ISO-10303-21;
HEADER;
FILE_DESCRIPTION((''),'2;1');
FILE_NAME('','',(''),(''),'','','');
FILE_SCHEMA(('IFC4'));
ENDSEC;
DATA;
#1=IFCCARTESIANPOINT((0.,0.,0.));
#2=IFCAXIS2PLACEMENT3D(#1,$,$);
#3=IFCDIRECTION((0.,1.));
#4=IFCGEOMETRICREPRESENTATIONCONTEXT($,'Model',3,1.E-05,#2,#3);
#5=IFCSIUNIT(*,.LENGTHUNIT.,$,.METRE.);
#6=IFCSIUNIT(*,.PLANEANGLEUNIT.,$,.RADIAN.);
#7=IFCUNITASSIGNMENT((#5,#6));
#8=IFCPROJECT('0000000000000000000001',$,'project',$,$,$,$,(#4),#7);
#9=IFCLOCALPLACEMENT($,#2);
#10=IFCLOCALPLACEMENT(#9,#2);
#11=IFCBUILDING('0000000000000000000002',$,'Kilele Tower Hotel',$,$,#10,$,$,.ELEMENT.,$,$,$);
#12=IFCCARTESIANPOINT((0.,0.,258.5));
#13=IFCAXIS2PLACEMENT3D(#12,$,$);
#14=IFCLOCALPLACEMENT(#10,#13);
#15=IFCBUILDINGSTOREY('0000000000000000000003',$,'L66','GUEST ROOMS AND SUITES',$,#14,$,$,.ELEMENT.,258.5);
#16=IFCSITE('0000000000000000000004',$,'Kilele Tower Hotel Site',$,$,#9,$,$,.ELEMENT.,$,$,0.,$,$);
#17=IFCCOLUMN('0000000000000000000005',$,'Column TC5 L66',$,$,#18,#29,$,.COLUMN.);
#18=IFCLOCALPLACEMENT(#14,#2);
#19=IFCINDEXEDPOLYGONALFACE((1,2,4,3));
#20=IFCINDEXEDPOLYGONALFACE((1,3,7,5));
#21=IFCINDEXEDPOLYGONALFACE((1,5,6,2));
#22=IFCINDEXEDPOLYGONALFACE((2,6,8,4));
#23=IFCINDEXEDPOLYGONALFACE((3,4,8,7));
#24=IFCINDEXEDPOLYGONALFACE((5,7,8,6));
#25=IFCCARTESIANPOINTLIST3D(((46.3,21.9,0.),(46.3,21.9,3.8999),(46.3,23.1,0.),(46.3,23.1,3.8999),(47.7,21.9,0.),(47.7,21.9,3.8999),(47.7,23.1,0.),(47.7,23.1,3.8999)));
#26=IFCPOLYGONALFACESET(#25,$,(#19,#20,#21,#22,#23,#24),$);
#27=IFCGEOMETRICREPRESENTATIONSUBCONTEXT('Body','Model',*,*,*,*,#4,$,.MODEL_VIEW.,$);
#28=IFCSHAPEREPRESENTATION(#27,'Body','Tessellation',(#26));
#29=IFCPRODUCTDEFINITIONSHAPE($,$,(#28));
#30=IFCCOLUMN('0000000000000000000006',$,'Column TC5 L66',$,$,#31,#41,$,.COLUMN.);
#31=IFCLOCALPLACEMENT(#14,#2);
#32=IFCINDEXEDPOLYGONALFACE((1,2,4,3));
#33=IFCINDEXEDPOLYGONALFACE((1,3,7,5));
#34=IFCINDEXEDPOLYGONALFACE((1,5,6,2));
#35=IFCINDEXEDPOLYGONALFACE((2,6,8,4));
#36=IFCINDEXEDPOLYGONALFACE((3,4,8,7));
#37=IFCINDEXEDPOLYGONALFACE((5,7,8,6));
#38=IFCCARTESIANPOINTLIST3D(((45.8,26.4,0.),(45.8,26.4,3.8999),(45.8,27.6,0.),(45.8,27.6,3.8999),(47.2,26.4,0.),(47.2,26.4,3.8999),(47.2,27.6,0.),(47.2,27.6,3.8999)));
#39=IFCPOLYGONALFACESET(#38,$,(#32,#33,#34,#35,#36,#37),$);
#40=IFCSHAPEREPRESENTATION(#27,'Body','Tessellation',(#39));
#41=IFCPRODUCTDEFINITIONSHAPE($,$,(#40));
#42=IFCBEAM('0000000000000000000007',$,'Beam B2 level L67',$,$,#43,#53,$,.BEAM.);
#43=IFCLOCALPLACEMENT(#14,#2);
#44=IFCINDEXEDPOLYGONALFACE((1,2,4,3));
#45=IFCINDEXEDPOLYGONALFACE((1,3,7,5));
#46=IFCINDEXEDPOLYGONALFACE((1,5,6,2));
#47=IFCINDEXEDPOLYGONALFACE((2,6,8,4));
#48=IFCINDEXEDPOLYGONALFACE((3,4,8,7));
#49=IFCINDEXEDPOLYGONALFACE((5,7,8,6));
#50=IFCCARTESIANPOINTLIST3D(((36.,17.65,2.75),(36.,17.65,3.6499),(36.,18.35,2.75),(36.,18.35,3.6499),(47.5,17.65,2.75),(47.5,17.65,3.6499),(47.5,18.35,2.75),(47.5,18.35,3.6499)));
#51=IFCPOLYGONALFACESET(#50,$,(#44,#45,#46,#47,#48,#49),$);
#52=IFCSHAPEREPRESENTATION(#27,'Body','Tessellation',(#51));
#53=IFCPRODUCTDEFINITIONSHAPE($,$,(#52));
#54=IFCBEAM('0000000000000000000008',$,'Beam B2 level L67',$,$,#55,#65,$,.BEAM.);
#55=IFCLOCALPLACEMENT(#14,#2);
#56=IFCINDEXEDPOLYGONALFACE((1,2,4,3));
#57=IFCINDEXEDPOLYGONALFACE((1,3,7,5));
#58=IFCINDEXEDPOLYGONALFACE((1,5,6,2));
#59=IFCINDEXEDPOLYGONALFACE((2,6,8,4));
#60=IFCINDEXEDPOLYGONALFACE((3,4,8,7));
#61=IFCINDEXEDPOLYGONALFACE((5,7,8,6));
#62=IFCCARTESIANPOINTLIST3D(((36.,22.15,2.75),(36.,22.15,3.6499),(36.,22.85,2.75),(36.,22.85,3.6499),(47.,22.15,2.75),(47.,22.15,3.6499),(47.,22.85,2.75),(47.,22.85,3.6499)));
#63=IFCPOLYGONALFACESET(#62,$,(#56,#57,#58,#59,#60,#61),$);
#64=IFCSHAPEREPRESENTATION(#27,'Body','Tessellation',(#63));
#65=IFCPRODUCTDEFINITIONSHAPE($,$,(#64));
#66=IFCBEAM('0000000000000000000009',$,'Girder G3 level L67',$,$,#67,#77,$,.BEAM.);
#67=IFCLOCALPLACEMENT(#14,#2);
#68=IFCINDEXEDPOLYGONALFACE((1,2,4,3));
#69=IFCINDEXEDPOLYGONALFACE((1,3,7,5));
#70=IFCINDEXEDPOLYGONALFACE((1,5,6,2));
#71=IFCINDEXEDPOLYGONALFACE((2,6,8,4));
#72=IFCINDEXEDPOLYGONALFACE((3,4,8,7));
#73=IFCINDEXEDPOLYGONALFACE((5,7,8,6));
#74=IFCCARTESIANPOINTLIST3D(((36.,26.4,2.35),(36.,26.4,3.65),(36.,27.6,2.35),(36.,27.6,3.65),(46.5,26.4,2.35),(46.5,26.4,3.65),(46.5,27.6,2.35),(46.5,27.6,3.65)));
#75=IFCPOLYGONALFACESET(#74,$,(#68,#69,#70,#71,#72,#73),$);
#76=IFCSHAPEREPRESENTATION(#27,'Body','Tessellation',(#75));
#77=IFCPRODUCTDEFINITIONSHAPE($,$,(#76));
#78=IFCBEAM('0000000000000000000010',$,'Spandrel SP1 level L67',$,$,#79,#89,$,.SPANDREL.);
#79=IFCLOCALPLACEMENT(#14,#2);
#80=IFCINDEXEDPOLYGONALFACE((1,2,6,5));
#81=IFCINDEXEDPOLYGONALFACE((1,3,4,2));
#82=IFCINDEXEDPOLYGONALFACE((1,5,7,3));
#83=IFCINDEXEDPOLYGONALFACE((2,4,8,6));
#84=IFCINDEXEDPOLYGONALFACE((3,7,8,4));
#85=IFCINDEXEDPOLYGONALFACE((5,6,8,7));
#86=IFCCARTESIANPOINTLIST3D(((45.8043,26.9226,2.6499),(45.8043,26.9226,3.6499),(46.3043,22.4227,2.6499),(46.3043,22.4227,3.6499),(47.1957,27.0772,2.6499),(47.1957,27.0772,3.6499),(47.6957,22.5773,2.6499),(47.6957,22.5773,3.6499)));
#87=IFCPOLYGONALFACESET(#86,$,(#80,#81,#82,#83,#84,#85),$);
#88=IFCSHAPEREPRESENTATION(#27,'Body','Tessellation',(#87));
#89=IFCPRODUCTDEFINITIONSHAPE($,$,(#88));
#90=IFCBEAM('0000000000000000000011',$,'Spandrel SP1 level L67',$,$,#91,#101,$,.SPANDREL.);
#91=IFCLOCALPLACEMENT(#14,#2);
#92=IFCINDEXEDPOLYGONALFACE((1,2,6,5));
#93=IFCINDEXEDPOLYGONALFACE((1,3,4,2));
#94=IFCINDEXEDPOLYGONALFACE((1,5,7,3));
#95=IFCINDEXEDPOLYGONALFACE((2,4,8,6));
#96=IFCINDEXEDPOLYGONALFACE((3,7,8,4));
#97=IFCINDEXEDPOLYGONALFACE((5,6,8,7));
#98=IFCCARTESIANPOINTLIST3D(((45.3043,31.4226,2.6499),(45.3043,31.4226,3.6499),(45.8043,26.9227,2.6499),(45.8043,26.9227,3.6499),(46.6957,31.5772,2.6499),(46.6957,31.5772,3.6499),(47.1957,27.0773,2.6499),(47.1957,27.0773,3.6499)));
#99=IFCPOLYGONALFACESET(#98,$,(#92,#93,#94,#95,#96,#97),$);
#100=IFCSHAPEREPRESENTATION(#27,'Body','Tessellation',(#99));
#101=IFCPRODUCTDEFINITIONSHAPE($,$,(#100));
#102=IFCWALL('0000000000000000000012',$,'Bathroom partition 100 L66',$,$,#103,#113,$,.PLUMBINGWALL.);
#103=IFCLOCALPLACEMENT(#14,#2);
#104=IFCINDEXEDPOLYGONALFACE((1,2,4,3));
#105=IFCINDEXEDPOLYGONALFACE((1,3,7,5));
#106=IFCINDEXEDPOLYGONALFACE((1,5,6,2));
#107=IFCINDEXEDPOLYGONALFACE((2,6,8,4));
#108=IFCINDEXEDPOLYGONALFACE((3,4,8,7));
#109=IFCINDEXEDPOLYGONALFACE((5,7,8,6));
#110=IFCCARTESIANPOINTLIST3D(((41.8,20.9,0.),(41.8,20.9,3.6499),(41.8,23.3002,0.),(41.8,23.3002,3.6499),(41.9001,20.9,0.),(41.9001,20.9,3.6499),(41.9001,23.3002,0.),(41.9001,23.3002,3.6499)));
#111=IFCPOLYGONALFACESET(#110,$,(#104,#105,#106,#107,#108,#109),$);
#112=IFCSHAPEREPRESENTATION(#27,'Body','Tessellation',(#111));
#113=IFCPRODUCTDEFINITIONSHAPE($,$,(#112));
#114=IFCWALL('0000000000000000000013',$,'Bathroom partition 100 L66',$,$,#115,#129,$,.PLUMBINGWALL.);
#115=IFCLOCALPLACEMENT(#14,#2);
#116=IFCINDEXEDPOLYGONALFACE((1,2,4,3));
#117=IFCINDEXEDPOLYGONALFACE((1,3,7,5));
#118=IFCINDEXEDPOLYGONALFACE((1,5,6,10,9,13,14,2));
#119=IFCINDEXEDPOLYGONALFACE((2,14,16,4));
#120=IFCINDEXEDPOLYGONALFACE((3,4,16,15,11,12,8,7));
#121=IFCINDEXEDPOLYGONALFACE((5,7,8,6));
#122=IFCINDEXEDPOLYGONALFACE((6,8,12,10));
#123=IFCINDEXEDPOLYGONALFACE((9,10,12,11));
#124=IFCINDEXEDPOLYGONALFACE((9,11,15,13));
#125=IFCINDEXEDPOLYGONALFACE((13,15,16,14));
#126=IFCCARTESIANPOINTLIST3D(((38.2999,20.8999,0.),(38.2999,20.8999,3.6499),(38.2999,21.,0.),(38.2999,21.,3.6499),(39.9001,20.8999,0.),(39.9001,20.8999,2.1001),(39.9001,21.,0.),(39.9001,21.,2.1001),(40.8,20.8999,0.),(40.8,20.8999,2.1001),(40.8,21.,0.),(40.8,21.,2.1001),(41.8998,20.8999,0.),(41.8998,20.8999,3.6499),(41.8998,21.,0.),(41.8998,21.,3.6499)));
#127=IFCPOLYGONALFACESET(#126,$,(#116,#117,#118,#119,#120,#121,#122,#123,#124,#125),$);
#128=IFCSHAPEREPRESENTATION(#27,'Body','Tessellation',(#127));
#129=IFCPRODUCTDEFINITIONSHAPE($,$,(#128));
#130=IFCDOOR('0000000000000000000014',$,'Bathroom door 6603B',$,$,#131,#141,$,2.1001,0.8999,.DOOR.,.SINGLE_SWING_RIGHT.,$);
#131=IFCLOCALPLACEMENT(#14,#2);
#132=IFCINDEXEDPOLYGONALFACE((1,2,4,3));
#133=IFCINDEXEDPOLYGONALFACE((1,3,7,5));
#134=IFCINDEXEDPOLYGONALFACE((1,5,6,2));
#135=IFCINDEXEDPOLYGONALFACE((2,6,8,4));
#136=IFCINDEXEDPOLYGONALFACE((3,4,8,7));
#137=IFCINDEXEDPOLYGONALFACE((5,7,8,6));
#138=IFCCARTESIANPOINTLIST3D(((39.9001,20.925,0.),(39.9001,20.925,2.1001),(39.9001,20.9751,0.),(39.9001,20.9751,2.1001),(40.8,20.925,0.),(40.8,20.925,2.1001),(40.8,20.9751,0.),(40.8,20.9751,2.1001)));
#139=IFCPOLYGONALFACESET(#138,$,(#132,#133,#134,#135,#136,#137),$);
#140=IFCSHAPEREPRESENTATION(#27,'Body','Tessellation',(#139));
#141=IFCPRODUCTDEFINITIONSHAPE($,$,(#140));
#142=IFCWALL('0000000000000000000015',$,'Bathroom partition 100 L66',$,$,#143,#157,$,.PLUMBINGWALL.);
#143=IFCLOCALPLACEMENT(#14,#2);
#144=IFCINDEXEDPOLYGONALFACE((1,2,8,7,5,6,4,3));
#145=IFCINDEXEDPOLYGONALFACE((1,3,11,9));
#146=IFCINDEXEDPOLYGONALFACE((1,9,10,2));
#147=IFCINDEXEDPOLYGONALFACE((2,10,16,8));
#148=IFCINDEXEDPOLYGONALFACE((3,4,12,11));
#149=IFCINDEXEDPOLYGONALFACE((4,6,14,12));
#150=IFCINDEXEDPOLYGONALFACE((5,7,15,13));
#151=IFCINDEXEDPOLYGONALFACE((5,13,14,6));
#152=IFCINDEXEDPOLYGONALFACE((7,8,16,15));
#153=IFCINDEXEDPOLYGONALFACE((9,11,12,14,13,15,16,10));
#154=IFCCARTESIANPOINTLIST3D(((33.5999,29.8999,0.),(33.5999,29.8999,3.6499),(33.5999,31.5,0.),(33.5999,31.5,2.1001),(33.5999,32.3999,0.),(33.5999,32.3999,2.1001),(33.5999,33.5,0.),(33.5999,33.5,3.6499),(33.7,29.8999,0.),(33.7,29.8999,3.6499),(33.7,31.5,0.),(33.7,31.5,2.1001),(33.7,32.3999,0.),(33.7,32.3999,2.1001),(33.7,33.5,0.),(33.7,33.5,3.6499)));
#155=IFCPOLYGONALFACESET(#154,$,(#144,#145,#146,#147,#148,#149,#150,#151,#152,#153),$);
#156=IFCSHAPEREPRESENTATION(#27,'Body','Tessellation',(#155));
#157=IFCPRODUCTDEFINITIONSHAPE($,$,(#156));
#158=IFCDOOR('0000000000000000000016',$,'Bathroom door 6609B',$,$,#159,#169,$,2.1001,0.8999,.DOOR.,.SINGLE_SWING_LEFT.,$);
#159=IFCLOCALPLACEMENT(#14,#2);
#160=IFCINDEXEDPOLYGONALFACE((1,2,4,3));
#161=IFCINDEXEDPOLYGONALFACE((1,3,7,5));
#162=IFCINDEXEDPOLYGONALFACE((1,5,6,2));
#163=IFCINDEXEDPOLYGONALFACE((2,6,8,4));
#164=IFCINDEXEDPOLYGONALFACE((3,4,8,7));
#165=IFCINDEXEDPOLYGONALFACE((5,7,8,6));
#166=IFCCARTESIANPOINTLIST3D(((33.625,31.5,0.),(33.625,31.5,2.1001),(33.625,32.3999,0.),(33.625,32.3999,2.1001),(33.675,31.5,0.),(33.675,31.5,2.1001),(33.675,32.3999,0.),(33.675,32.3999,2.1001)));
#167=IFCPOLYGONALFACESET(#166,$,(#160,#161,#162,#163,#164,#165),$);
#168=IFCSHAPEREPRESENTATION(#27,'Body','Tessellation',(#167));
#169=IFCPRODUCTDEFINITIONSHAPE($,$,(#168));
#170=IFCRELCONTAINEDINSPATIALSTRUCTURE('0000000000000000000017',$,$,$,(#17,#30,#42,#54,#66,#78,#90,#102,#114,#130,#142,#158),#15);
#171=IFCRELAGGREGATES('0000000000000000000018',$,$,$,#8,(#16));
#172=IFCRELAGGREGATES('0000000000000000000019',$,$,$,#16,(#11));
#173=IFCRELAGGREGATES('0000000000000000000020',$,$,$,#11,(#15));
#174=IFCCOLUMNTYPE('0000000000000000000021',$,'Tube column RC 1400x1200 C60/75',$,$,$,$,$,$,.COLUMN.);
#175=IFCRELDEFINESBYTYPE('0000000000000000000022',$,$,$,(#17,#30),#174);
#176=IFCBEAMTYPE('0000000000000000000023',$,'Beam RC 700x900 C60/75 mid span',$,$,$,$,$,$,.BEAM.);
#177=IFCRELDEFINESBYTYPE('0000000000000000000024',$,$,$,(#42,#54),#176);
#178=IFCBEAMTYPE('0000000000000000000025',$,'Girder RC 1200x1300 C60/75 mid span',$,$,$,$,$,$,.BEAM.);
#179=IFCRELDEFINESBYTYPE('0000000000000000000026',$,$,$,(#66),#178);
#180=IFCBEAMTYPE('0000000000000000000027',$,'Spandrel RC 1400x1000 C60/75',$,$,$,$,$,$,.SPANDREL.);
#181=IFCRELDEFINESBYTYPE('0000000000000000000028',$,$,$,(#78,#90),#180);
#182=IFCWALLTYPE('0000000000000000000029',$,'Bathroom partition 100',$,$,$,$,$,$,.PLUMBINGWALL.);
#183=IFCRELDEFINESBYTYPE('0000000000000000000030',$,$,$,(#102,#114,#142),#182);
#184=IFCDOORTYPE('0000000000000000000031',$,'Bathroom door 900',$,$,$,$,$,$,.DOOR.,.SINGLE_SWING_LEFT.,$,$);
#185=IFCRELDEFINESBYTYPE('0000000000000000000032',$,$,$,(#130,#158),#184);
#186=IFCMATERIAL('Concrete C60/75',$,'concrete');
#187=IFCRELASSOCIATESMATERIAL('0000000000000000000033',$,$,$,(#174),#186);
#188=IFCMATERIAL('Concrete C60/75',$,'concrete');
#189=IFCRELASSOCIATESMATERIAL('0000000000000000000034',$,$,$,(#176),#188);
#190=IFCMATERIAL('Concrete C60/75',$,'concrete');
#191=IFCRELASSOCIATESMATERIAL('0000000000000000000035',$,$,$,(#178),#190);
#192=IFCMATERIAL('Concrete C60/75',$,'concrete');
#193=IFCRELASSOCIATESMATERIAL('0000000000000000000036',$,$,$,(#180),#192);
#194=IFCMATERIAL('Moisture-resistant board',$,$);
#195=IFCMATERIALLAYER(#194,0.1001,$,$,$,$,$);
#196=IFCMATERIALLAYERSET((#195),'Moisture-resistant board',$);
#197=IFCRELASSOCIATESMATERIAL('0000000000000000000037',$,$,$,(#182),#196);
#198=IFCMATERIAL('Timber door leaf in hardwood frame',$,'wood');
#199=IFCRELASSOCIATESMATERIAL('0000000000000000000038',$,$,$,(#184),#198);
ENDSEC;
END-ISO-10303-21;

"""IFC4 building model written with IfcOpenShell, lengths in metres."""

from ifc_helpers import new_model, si_unit, direction, frame, frame_2d, origin, origin_2d, place, context, subcontext, project, spatial, rectangle, extrude, material, layer, layer_set, material_profile, profile_set, type_object, element, fill, save


model = new_model("IFC4")

# Units and contexts
model_context = context("Model", 3, precision=1e-05, world=origin(), true_north=direction((0.0, 1.0)))
body_context = subcontext(model_context, "Body", "Model", "MODEL_VIEW")
ifc_project = project(units=[si_unit("LENGTHUNIT", "METRE"), si_unit("PLANEANGLEUNIT", "RADIAN")], contexts=[model_context])

# Site, building, storey
site_placement = place(None, origin())
site = spatial("IfcSite", under=ifc_project, at=site_placement, Name="Kilele Tower Hotel Site", CompositionType="ELEMENT", RefElevation=0.0)
building_placement = place(site_placement, origin())
building = spatial("IfcBuilding", under=site, at=building_placement, Name="Kilele Tower Hotel", CompositionType="ELEMENT")
storey_placement = place(building_placement, frame((0.0, 0.0, 258.5)))
storey = spatial("IfcBuildingStorey", under=building, at=storey_placement, Name="L66", Description="GUEST ROOMS AND SUITES", CompositionType="ELEMENT", Elevation=258.5)

# Columns
ifc_material_1 = material(Name="Concrete C60/75", Category="concrete")
ifc_material_profile_1 = material_profile(ifc_material_1, rectangle(XDim=1.3999, YDim=1.2, at=origin_2d()))
ifc_profile_set_1 = profile_set([ifc_material_profile_1], Name="Concrete C60/75")
column_type = type_object("IfcColumnType", Name="Tube column RC 1400x1200 C60/75", PredefinedType="COLUMN", material=ifc_profile_set_1)
for number, where, z_axis, x_axis, name in (
    (1, (47.0, 22.5, 0.0), (0.0, 0.0, 1.0), (1.0, 0.0, 0.0), "Column TC5 L66"),
    (2, (46.5, 27.0, 0.0), (0.0, 0.0, 1.0), (1.0, 0.0, 0.0), "Column TC5 L66"),
):
    element("IfcColumn", number, at=place(storey_placement, frame(where, z_axis=z_axis, x_axis=x_axis)), inside=storey, type_object=column_type, Name=name, PredefinedType="COLUMN", context=body_context, shape_type="SweptSolid", body=[
        extrude(rectangle(XDim=1.3999, YDim=1.2, at=origin_2d()), origin(), (0.0, 0.0, 1.0), 3.8999),
    ])

# Beams
ifc_material_2 = material(Name="Concrete C60/75", Category="concrete")
ifc_material_profile_2 = material_profile(ifc_material_2, rectangle(XDim=0.7, YDim=0.8999, at=origin_2d()))
ifc_profile_set_2 = profile_set([ifc_material_profile_2], Name="Concrete C60/75")
beam_type_1 = type_object("IfcBeamType", Name="Beam RC 700x900 C60/75 mid span", PredefinedType="BEAM", material=ifc_profile_set_2)
beam_1_placement = place(storey_placement, frame((47.5, 18.0, 3.2), z_axis=(-1.0, 0.0, 0.0), x_axis=(0.0, -1.0, 0.0)))
element("IfcBeam", 3, at=beam_1_placement, inside=storey, type_object=beam_type_1, Name="Beam B2 level L67", PredefinedType="BEAM", context=body_context, shape_type="SweptSolid", body=[
    extrude(rectangle(XDim=0.7, YDim=0.8999, at=origin_2d()), origin(), (0.0, 0.0, 1.0), 11.5),
])
beam_2_placement = place(storey_placement, frame((47.0, 22.5, 3.2), z_axis=(-1.0, 0.0, 0.0), x_axis=(0.0, -1.0, 0.0)))
element("IfcBeam", 4, at=beam_2_placement, inside=storey, type_object=beam_type_1, Name="Beam B2 level L67", PredefinedType="BEAM", context=body_context, shape_type="SweptSolid", body=[
    extrude(rectangle(XDim=0.7, YDim=0.8999, at=origin_2d()), origin(), (0.0, 0.0, 1.0), 11.0),
])
ifc_material_3 = material(Name="Concrete C60/75", Category="concrete")
ifc_material_profile_3 = material_profile(ifc_material_3, rectangle(XDim=1.2, YDim=1.3, at=origin_2d()))
ifc_profile_set_3 = profile_set([ifc_material_profile_3], Name="Concrete C60/75")
beam_type_2 = type_object("IfcBeamType", Name="Girder RC 1200x1300 C60/75 mid span", PredefinedType="BEAM", material=ifc_profile_set_3)
beam_3_placement = place(storey_placement, frame((46.5, 27.0, 3.0), z_axis=(-1.0, 0.0, 0.0), x_axis=(0.0, -1.0, 0.0)))
element("IfcBeam", 5, at=beam_3_placement, inside=storey, type_object=beam_type_2, Name="Girder G3 level L67", PredefinedType="BEAM", context=body_context, shape_type="SweptSolid", body=[
    extrude(rectangle(XDim=1.2, YDim=1.3, at=origin_2d()), origin(), (0.0, 0.0, 1.0), 10.5),
])
ifc_material_4 = material(Name="Concrete C60/75", Category="concrete")
ifc_material_profile_4 = material_profile(ifc_material_4, rectangle(XDim=1.3999, YDim=1.0, at=origin_2d()))
ifc_profile_set_4 = profile_set([ifc_material_profile_4], Name="Concrete C60/75")
beam_type_3 = type_object("IfcBeamType", Name="Spandrel RC 1400x1000 C60/75", PredefinedType="SPANDREL", material=ifc_profile_set_4)
for number, where, z_axis, x_axis, name in (
    (6, (47.0, 22.5, 3.1499), (-0.110432, 0.993884, 0.0), (-0.993884, -0.110432, 0.0), "Spandrel SP1 level L67"),
    (7, (46.5, 27.0, 3.1499), (-0.110432, 0.993884, 0.0), (-0.993884, -0.110432, 0.0), "Spandrel SP1 level L67"),
):
    element("IfcBeam", number, at=place(storey_placement, frame(where, z_axis=z_axis, x_axis=x_axis)), inside=storey, type_object=beam_type_3, Name=name, PredefinedType="SPANDREL", context=body_context, shape_type="SweptSolid", body=[
        extrude(rectangle(XDim=1.3999, YDim=1.0, at=origin_2d()), origin(), (0.0, 0.0, 1.0), 4.5276),
    ])

# Wall
ifc_material_5 = material(Name="Moisture-resistant board")
ifc_layer_1 = layer(ifc_material_5, 0.1001)
ifc_layer_set_1 = layer_set([ifc_layer_1], Name="Moisture-resistant board")
wall_type_1 = type_object("IfcWallType", Name="Bathroom partition 100", PredefinedType="PLUMBINGWALL", material=ifc_layer_set_1)
wall_1_placement = place(storey_placement, frame((41.8501, 20.8999, 0.0), z_axis=(0.0, 0.0, 1.0), x_axis=(0.0, 1.0, 0.0)))
element("IfcWall", 8, at=wall_1_placement, inside=storey, type_object=wall_type_1, Name="Bathroom partition 100 L66", PredefinedType="PLUMBINGWALL", context=body_context, shape_type="SweptSolid", body=[
    extrude(rectangle(XDim=2.4001, YDim=0.1001, at=frame_2d((1.2002, 0.0))), origin(), (0.0, 0.0, 1.0), 3.6499),
])

# Walls, openings, doors
wall_2_placement = place(storey_placement, frame((38.3, 20.95, 0.0), z_axis=(0.0, 0.0, 1.0), x_axis=(1.0, 0.0, 0.0)))
wall_2 = element("IfcWall", 9, at=wall_2_placement, inside=storey, type_object=wall_type_1, Name="Bathroom partition 100 L66", PredefinedType="PLUMBINGWALL", context=body_context, shape_type="SweptSolid", body=[
    extrude(rectangle(XDim=3.5999, YDim=0.1001, at=frame_2d((1.7998, 0.0))), origin(), (0.0, 0.0, 1.0), 3.6499),
])
opening_1_placement = place(wall_2_placement, frame((2.5, 0.0, 0.0), z_axis=(0.0, 0.0, 1.0), x_axis=(-1.0, 0.0, 0.0)))
opening_1 = element("IfcOpeningElement", 10, at=opening_1_placement, cuts=wall_2, PredefinedType="OPENING", context=body_context, shape_type="SweptSolid", body=[
    extrude(rectangle(XDim=0.8999, YDim=2.1001, at=frame_2d((0.45, 1.05))), frame((0.0, 0.0601, 0.0), z_axis=(0.0, -1.0, 0.0), x_axis=(1.0, 0.0, 0.0)), (0.0, 0.0, 1.0), 0.1201),
])
ifc_material_6 = material(Name="Timber door leaf in hardwood frame", Category="wood")
door_type_1 = type_object("IfcDoorType", Name="Bathroom door 900", OperationType="SINGLE_SWING_LEFT", PredefinedType="DOOR", material=ifc_material_6)
door_1_placement = place(opening_1_placement, origin())
door_1 = element("IfcDoor", 11, at=door_1_placement, inside=storey, type_object=door_type_1, Name="Bathroom door 6603B", OperationType="SINGLE_SWING_RIGHT", OverallHeight=2.1001, OverallWidth=0.8999, PredefinedType="DOOR", context=body_context, shape_type="SweptSolid", body=[
    extrude(rectangle(XDim=0.8999, YDim=2.1001, at=frame_2d((0.45, 1.05))), frame((0.0, 0.0249, 0.0), z_axis=(0.0, -1.0, 0.0), x_axis=(1.0, 0.0, 0.0)), (0.0, 0.0, 1.0), 0.05),
])
fill(opening_1, door_1)
wall_3_placement = place(storey_placement, frame((33.6499, 29.8999, 0.0), z_axis=(0.0, 0.0, 1.0), x_axis=(0.0, 1.0, 0.0)))
wall_3 = element("IfcWall", 12, at=wall_3_placement, inside=storey, type_object=wall_type_1, Name="Bathroom partition 100 L66", PredefinedType="PLUMBINGWALL", context=body_context, shape_type="SweptSolid", body=[
    extrude(rectangle(XDim=3.6001, YDim=0.1001, at=frame_2d((1.8, 0.0))), origin(), (0.0, 0.0, 1.0), 3.6499),
])
opening_2_placement = place(wall_3_placement, frame((1.6001, 0.0, 0.0)))
opening_2 = element("IfcOpeningElement", 13, at=opening_2_placement, cuts=wall_3, PredefinedType="OPENING", context=body_context, shape_type="SweptSolid", body=[
    extrude(rectangle(XDim=0.8999, YDim=2.1001, at=frame_2d((0.45, 1.05))), frame((0.0, 0.0601, 0.0), z_axis=(0.0, -1.0, 0.0), x_axis=(1.0, 0.0, 0.0)), (0.0, 0.0, 1.0), 0.1201),
])
door_2_placement = place(opening_2_placement, origin())
door_2 = element("IfcDoor", 14, at=door_2_placement, inside=storey, type_object=door_type_1, Name="Bathroom door 6609B", OperationType="SINGLE_SWING_LEFT", OverallHeight=2.1001, OverallWidth=0.8999, PredefinedType="DOOR", context=body_context, shape_type="SweptSolid", body=[
    extrude(rectangle(XDim=0.8999, YDim=2.1001, at=frame_2d((0.45, 1.05))), frame((0.0, 0.0249, 0.0), z_axis=(0.0, -1.0, 0.0), x_axis=(1.0, 0.0, 0.0)), (0.0, 0.0, 1.0), 0.05),
])
fill(opening_2, door_2)

save(model, "model.ifc")
